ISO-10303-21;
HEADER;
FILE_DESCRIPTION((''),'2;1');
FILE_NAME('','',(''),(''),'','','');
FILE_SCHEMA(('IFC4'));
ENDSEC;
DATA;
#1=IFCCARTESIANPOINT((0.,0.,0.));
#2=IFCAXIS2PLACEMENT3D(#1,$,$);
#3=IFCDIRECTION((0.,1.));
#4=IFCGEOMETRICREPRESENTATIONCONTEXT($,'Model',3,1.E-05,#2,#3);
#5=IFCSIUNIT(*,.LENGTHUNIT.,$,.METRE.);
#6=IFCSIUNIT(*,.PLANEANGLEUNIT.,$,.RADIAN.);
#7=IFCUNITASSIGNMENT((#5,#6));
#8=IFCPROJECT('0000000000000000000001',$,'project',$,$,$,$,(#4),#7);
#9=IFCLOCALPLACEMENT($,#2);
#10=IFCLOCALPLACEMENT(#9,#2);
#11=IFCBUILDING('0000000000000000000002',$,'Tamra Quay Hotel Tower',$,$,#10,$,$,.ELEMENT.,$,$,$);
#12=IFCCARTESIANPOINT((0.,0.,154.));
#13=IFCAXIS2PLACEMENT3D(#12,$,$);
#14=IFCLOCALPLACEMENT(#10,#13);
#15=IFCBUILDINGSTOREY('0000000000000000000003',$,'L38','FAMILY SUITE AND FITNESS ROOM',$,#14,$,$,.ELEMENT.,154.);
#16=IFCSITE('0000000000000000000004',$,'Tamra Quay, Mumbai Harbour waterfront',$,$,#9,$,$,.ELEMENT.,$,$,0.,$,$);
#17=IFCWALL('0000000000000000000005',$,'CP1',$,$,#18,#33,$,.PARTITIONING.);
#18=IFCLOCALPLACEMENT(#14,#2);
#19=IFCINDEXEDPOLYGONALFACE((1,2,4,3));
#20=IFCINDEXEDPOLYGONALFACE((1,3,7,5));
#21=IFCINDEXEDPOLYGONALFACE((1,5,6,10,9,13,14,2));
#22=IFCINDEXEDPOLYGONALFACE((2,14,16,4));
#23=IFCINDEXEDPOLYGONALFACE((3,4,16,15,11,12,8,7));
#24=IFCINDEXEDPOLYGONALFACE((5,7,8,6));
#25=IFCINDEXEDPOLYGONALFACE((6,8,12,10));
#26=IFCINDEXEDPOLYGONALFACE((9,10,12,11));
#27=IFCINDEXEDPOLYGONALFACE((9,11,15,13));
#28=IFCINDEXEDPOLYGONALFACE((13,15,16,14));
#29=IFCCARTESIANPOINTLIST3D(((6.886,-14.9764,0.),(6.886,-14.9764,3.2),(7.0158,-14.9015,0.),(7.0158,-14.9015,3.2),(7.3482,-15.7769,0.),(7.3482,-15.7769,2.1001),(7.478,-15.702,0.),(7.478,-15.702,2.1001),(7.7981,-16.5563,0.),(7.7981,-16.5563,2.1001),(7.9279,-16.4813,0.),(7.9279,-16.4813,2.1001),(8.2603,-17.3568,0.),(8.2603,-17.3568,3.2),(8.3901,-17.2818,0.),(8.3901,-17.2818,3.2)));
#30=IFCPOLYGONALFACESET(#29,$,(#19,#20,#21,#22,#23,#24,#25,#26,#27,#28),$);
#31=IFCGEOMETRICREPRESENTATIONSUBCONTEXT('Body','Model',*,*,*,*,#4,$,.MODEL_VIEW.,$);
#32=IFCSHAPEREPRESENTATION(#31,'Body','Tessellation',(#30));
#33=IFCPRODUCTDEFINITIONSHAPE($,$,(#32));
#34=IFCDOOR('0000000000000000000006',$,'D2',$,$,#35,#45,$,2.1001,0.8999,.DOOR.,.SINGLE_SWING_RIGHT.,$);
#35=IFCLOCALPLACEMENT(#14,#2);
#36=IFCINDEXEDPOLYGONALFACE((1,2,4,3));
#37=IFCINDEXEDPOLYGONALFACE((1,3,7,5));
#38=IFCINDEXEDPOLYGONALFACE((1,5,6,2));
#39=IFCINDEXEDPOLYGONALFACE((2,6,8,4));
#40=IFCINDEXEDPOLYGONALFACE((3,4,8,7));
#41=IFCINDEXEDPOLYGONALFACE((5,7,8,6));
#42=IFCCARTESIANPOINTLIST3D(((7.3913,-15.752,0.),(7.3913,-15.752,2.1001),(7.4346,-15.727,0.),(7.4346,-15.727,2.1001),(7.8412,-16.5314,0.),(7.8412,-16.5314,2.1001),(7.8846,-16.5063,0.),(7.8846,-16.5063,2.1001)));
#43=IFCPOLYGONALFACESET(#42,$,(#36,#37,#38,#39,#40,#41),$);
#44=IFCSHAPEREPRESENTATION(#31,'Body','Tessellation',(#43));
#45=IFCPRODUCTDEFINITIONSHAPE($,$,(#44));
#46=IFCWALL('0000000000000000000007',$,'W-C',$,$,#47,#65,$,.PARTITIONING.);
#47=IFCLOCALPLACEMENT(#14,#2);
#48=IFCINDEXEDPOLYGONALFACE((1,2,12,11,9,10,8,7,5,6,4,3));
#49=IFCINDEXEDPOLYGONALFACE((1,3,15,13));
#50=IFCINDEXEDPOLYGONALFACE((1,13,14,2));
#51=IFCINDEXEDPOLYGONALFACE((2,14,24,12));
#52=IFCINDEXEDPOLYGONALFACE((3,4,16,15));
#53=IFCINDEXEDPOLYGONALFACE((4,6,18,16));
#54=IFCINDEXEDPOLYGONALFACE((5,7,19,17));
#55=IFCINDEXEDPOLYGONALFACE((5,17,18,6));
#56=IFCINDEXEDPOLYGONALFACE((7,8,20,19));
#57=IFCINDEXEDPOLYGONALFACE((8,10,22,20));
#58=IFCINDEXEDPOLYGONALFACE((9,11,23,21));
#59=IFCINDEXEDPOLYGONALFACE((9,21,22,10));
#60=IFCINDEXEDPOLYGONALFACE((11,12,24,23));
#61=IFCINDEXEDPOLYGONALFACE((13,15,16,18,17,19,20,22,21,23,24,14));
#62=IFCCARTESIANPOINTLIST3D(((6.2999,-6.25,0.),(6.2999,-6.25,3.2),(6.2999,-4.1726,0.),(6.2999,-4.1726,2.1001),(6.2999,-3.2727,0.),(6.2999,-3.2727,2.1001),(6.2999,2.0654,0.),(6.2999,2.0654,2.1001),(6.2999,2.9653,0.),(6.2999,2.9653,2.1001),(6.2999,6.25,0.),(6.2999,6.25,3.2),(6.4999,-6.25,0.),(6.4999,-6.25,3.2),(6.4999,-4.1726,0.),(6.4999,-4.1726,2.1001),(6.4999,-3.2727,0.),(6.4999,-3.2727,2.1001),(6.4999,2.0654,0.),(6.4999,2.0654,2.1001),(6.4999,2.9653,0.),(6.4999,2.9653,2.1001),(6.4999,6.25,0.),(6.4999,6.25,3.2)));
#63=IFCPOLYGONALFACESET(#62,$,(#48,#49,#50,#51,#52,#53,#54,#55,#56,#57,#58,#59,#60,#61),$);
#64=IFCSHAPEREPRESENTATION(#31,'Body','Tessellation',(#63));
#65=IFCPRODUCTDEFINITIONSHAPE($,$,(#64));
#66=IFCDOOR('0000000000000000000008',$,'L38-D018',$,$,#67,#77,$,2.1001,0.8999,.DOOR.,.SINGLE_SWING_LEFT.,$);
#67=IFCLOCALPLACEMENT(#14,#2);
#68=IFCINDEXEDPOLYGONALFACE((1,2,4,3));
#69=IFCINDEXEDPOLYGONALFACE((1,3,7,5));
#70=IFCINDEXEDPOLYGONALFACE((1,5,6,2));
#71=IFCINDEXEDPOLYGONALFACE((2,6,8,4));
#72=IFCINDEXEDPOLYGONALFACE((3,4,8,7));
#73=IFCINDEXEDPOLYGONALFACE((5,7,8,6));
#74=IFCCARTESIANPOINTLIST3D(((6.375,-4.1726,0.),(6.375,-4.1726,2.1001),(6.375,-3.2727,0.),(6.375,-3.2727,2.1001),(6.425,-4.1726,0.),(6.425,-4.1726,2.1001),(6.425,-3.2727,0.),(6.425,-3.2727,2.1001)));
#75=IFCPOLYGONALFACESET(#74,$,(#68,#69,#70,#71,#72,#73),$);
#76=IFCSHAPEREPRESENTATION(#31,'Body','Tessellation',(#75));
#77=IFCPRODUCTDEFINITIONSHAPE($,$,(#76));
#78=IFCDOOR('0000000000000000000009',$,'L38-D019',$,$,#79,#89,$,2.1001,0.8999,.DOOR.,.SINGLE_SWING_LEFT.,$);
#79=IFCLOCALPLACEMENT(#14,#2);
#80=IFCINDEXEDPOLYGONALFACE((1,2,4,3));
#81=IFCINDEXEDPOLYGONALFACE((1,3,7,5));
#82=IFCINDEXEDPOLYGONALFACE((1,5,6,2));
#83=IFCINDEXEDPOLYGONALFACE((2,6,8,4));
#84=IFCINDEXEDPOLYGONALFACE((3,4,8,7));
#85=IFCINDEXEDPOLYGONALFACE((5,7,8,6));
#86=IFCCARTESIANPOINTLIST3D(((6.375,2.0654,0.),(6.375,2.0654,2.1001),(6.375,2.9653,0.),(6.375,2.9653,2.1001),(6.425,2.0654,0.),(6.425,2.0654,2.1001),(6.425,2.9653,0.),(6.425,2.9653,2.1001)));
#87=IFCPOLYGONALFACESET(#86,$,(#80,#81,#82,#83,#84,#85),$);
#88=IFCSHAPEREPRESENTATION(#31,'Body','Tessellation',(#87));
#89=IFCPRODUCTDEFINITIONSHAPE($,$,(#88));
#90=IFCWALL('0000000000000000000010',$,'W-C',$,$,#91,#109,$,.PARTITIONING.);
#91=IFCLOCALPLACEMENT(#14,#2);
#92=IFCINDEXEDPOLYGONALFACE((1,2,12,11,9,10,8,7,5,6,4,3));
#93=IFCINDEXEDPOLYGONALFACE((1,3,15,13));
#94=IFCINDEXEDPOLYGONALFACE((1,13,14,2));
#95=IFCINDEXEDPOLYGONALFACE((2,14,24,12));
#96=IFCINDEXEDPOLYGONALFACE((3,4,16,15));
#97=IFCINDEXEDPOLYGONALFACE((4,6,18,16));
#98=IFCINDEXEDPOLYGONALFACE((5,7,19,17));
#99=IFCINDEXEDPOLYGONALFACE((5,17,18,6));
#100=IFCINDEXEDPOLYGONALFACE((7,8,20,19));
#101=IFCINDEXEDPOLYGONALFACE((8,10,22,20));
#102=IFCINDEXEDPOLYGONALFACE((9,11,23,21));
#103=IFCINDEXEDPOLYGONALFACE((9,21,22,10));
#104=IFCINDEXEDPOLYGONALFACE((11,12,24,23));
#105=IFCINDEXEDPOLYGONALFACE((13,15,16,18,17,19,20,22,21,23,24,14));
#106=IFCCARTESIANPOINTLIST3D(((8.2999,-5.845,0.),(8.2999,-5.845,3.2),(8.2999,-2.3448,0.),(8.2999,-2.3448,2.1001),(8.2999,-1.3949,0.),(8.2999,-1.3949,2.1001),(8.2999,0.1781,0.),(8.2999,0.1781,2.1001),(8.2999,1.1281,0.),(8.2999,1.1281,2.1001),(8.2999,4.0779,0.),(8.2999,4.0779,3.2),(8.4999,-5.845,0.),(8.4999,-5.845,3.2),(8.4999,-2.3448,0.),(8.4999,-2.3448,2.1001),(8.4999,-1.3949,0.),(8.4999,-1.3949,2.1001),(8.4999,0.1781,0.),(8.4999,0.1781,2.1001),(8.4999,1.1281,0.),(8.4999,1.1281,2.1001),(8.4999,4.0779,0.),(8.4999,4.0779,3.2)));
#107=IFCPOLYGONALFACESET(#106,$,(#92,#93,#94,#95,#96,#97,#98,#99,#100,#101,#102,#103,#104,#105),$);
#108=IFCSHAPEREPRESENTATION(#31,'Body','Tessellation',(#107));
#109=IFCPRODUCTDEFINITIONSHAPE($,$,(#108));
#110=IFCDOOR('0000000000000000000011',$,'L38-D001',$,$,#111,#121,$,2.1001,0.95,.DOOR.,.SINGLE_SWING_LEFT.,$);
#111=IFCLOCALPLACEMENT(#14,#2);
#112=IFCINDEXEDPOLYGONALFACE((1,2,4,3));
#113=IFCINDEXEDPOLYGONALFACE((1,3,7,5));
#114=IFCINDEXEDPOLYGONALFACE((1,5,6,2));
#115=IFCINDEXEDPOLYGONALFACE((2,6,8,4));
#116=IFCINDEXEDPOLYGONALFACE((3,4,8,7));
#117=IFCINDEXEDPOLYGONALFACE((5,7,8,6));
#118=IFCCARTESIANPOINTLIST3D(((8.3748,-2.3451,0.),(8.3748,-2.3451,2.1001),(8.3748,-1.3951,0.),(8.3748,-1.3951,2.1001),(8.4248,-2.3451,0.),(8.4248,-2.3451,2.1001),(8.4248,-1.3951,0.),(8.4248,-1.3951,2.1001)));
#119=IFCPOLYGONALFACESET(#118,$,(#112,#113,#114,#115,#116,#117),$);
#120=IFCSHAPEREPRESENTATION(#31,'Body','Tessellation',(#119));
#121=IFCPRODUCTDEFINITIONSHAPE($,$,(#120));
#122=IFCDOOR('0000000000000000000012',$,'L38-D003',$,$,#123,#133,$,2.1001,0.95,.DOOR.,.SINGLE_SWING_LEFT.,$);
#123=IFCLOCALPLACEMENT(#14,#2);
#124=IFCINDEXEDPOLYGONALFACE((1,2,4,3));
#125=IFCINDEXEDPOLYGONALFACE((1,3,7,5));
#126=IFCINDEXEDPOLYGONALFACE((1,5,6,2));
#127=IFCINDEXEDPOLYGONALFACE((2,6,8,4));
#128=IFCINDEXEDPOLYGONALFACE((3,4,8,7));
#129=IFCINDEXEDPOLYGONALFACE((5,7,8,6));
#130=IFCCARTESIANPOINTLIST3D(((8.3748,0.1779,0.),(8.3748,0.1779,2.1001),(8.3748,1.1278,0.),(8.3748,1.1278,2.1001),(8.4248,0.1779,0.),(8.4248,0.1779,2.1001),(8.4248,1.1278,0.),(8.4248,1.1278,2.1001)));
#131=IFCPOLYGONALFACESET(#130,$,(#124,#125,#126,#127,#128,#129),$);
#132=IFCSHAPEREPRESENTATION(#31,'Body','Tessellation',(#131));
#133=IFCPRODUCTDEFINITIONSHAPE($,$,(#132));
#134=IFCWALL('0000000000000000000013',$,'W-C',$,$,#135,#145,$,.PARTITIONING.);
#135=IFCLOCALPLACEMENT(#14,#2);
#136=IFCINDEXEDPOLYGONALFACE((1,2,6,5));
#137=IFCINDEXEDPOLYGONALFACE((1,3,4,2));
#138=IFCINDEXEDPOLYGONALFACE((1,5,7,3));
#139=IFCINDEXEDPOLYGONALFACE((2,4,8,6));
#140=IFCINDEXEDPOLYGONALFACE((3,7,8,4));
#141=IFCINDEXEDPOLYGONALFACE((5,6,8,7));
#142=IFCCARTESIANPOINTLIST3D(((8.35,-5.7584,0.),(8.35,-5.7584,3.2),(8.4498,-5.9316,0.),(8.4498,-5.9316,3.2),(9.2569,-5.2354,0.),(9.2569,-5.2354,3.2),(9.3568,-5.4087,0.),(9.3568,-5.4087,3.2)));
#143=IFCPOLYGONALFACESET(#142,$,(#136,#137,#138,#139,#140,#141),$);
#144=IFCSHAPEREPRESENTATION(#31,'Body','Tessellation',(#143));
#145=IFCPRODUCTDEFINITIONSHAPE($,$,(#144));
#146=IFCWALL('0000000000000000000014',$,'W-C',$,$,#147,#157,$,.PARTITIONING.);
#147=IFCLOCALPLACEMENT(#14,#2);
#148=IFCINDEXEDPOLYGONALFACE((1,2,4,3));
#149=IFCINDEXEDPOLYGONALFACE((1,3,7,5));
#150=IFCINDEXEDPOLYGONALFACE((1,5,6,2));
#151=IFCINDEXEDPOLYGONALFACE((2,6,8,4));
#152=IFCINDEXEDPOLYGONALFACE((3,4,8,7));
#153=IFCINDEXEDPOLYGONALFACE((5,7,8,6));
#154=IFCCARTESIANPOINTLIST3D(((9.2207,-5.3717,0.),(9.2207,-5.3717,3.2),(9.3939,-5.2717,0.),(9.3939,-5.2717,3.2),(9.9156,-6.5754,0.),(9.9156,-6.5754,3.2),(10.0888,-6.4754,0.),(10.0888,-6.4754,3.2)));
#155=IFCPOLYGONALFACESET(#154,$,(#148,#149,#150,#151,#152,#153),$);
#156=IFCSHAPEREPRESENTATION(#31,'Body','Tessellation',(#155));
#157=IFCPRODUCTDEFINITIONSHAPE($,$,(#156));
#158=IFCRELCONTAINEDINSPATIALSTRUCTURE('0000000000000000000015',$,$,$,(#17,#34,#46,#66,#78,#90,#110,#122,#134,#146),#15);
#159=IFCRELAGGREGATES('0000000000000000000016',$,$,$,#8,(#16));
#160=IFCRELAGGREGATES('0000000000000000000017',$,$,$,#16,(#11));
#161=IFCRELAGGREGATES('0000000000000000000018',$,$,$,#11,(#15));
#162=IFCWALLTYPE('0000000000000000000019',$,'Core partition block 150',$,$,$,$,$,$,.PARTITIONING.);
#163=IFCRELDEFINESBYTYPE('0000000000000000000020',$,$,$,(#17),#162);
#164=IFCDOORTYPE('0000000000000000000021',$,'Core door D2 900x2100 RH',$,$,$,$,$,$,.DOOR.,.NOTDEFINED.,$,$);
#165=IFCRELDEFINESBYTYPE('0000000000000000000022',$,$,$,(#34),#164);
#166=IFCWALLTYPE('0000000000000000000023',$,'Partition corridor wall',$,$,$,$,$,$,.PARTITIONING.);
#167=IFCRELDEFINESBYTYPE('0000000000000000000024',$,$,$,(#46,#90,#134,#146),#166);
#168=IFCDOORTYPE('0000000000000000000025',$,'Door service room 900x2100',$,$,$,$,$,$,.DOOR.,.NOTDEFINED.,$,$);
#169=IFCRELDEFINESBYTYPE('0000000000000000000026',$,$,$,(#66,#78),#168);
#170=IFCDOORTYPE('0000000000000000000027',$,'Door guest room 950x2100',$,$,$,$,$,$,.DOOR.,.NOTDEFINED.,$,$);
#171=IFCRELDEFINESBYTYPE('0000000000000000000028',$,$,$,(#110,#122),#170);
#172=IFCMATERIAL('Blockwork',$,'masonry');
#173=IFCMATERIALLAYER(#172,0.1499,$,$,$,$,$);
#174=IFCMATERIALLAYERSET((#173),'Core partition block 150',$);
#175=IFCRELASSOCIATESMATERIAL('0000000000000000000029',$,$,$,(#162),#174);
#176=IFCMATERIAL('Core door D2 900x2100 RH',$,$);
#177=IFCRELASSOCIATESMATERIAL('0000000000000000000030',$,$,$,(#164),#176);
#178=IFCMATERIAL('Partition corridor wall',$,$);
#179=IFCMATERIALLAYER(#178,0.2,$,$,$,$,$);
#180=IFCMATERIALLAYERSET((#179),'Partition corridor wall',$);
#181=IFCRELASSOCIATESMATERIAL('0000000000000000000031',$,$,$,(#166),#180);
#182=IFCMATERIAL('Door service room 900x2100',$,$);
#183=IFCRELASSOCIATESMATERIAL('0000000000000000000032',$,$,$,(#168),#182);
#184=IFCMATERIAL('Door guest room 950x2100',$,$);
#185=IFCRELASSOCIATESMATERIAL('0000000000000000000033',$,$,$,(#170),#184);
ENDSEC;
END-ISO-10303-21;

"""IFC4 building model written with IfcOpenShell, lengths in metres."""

from ifc_helpers import new_model, si_unit, direction, frame, frame_2d, origin, place, context, subcontext, project, spatial, rectangle, extrude, material, layer, layer_set, type_object, element, fill, save


model = new_model("IFC4")

# Units and contexts
model_context = context("Model", 3, precision=1e-05, world=origin(), true_north=direction((0.0, 1.0)))
body_context = subcontext(model_context, "Body", "Model", "MODEL_VIEW")
ifc_project = project(units=[si_unit("LENGTHUNIT", "METRE"), si_unit("PLANEANGLEUNIT", "RADIAN")], contexts=[model_context])

# Site, building, storey
site_placement = place(None, origin())
site = spatial("IfcSite", under=ifc_project, at=site_placement, Name="Tamra Quay, Mumbai Harbour waterfront", CompositionType="ELEMENT", RefElevation=0.0)
building_placement = place(site_placement, origin())
building = spatial("IfcBuilding", under=site, at=building_placement, Name="Tamra Quay Hotel Tower", CompositionType="ELEMENT")
storey_placement = place(building_placement, frame((0.0, 0.0, 154.0)))
storey = spatial("IfcBuildingStorey", under=building, at=storey_placement, Name="L38", Description="FAMILY SUITE AND FITNESS ROOM", CompositionType="ELEMENT", Elevation=154.0)

# Shared definitions
ifc_material_1 = material(Name="Blockwork", Category="masonry")
ifc_layer_1 = layer(ifc_material_1, 0.1499)
ifc_layer_set_1 = layer_set([ifc_layer_1], Name="Core partition block 150")
wall_type_1 = type_object("IfcWallType", Name="Core partition block 150", PredefinedType="PARTITIONING", material=ifc_layer_set_1)

# Wall, opening, door
wall_1_placement = place(storey_placement, frame((6.9509, -14.939, 0.0), z_axis=(0.0, 0.0, 1.0), x_axis=(0.499989, -0.866032, 0.0)))
wall_1 = element("IfcWall", 1, at=wall_1_placement, inside=storey, type_object=wall_type_1, Name="CP1", PredefinedType="PARTITIONING", context=body_context, shape_type="SweptSolid", body=[
    extrude(rectangle(XDim=2.7485, YDim=0.1499, at=frame_2d((1.3743, 0.0))), origin(), (0.0, 0.0, 1.0), 3.2),
])
opening_1_placement = place(wall_1_placement, frame((0.9243, 0.0, 0.0)))
opening_1 = element("IfcOpeningElement", 2, at=opening_1_placement, cuts=wall_1, PredefinedType="OPENING", context=body_context, shape_type="SweptSolid", body=[
    extrude(rectangle(XDim=0.8999, YDim=2.1001, at=frame_2d((0.45, 1.05))), frame((0.0, 0.085, 0.0), z_axis=(0.0, -1.0, 0.0), x_axis=(1.0, 0.0, 0.0)), (0.0, 0.0, 1.0), 0.1699),
])
ifc_material_2 = material(Name="Core door D2 900x2100 RH")
door_type_1 = type_object("IfcDoorType", Name="Core door D2 900x2100 RH", OperationType="NOTDEFINED", PredefinedType="DOOR", material=ifc_material_2)
door_1_placement = place(opening_1_placement, origin())
door_1 = element("IfcDoor", 3, at=door_1_placement, inside=storey, type_object=door_type_1, Name="D2", OperationType="SINGLE_SWING_RIGHT", OverallHeight=2.1001, OverallWidth=0.8999, PredefinedType="DOOR", context=body_context, shape_type="SweptSolid", body=[
    extrude(rectangle(XDim=0.8999, YDim=2.1001, at=frame_2d((0.45, 1.05))), frame((0.0, 0.0249, 0.0), z_axis=(0.0, -1.0, 0.0), x_axis=(1.0, 0.0, 0.0)), (0.0, 0.0, 1.0), 0.05),
])
fill(opening_1, door_1)

# Walls, openings, doors
ifc_material_3 = material(Name="Partition corridor wall")
ifc_layer_2 = layer(ifc_material_3, 0.2)
ifc_layer_set_2 = layer_set([ifc_layer_2], Name="Partition corridor wall")
wall_type_2 = type_object("IfcWallType", Name="Partition corridor wall", PredefinedType="PARTITIONING", material=ifc_layer_set_2)
wall_2_placement = place(storey_placement, frame((6.3999, -6.25, 0.0), z_axis=(0.0, 0.0, 1.0), x_axis=(0.0, 1.0, 0.0)))
wall_2 = element("IfcWall", 4, at=wall_2_placement, inside=storey, type_object=wall_type_2, Name="W-C", PredefinedType="PARTITIONING", context=body_context, shape_type="SweptSolid", body=[
    extrude(rectangle(XDim=12.5, YDim=0.2, at=frame_2d((6.25, 0.0))), origin(), (0.0, 0.0, 1.0), 3.2),
])
opening_2_placement = place(wall_2_placement, frame((2.0774, 0.0, 0.0)))
opening_2 = element("IfcOpeningElement", 5, at=opening_2_placement, cuts=wall_2, PredefinedType="OPENING", context=body_context, shape_type="SweptSolid", body=[
    extrude(rectangle(XDim=0.8999, YDim=2.1001, at=frame_2d((0.45, 1.05))), frame((0.0, 0.1099, 0.0), z_axis=(0.0, -1.0, 0.0), x_axis=(1.0, 0.0, 0.0)), (0.0, 0.0, 1.0), 0.22),
])
opening_3_placement = place(wall_2_placement, frame((8.3154, 0.0, 0.0)))
opening_3 = element("IfcOpeningElement", 6, at=opening_3_placement, cuts=wall_2, PredefinedType="OPENING", context=body_context, shape_type="SweptSolid", body=[
    extrude(rectangle(XDim=0.8999, YDim=2.1001, at=frame_2d((0.45, 1.05))), frame((0.0, 0.1099, 0.0), z_axis=(0.0, -1.0, 0.0), x_axis=(1.0, 0.0, 0.0)), (0.0, 0.0, 1.0), 0.22),
])
ifc_material_4 = material(Name="Door service room 900x2100")
door_type_2 = type_object("IfcDoorType", Name="Door service room 900x2100", OperationType="NOTDEFINED", PredefinedType="DOOR", material=ifc_material_4)
door_2_placement = place(opening_2_placement, origin())
door_2 = element("IfcDoor", 7, at=door_2_placement, inside=storey, type_object=door_type_2, Name="L38-D018", OperationType="SINGLE_SWING_LEFT", OverallHeight=2.1001, OverallWidth=0.8999, PredefinedType="DOOR", context=body_context, shape_type="SweptSolid", body=[
    extrude(rectangle(XDim=0.8999, YDim=2.1001, at=frame_2d((0.45, 1.05))), frame((0.0, 0.0249, 0.0), z_axis=(0.0, -1.0, 0.0), x_axis=(1.0, 0.0, 0.0)), (0.0, 0.0, 1.0), 0.05),
])
fill(opening_2, door_2)
door_3_placement = place(opening_3_placement, origin())
door_3 = element("IfcDoor", 8, at=door_3_placement, inside=storey, type_object=door_type_2, Name="L38-D019", OperationType="SINGLE_SWING_LEFT", OverallHeight=2.1001, OverallWidth=0.8999, PredefinedType="DOOR", context=body_context, shape_type="SweptSolid", body=[
    extrude(rectangle(XDim=0.8999, YDim=2.1001, at=frame_2d((0.45, 1.05))), frame((0.0, 0.0249, 0.0), z_axis=(0.0, -1.0, 0.0), x_axis=(1.0, 0.0, 0.0)), (0.0, 0.0, 1.0), 0.05),
])
fill(opening_3, door_3)
wall_3_placement = place(storey_placement, frame((8.3999, -5.845, 0.0), z_axis=(0.0, 0.0, 1.0), x_axis=(0.0, 1.0, 0.0)))
wall_3 = element("IfcWall", 9, at=wall_3_placement, inside=storey, type_object=wall_type_2, Name="W-C", PredefinedType="PARTITIONING", context=body_context, shape_type="SweptSolid", body=[
    extrude(rectangle(XDim=9.9229, YDim=0.2, at=frame_2d((4.9614, 0.0))), origin(), (0.0, 0.0, 1.0), 3.2),
])
opening_4_placement = place(wall_3_placement, frame((3.5, 0.0, 0.0)))
opening_4 = element("IfcOpeningElement", 10, at=opening_4_placement, cuts=wall_3, PredefinedType="OPENING", context=body_context, shape_type="SweptSolid", body=[
    extrude(rectangle(XDim=0.95, YDim=2.1001, at=frame_2d((0.4751, 1.05))), frame((0.0, 0.1099, 0.0), z_axis=(0.0, -1.0, 0.0), x_axis=(1.0, 0.0, 0.0)), (0.0, 0.0, 1.0), 0.22),
])
opening_5_placement = place(wall_3_placement, frame((6.0229, 0.0, 0.0)))
opening_5 = element("IfcOpeningElement", 11, at=opening_5_placement, cuts=wall_3, PredefinedType="OPENING", context=body_context, shape_type="SweptSolid", body=[
    extrude(rectangle(XDim=0.95, YDim=2.1001, at=frame_2d((0.4751, 1.05))), frame((0.0, 0.1099, 0.0), z_axis=(0.0, -1.0, 0.0), x_axis=(1.0, 0.0, 0.0)), (0.0, 0.0, 1.0), 0.22),
])
ifc_material_5 = material(Name="Door guest room 950x2100")
door_type_3 = type_object("IfcDoorType", Name="Door guest room 950x2100", OperationType="NOTDEFINED", PredefinedType="DOOR", material=ifc_material_5)
door_4_placement = place(opening_4_placement, frame((0.95, 0.0, 0.0), z_axis=(0.0, 0.0, 1.0), x_axis=(-1.0, 0.0, 0.0)))
door_4 = element("IfcDoor", 12, at=door_4_placement, inside=storey, type_object=door_type_3, Name="L38-D001", OperationType="SINGLE_SWING_LEFT", OverallHeight=2.1001, OverallWidth=0.95, PredefinedType="DOOR", context=body_context, shape_type="SweptSolid", body=[
    extrude(rectangle(XDim=0.95, YDim=2.1001, at=frame_2d((0.4751, 1.05))), frame((0.0, 0.0249, 0.0), z_axis=(0.0, -1.0, 0.0), x_axis=(1.0, 0.0, 0.0)), (0.0, 0.0, 1.0), 0.05),
])
fill(opening_4, door_4)
door_5_placement = place(opening_5_placement, frame((0.95, 0.0, 0.0), z_axis=(0.0, 0.0, 1.0), x_axis=(-1.0, 0.0, 0.0)))
door_5 = element("IfcDoor", 13, at=door_5_placement, inside=storey, type_object=door_type_3, Name="L38-D003", OperationType="SINGLE_SWING_LEFT", OverallHeight=2.1001, OverallWidth=0.95, PredefinedType="DOOR", context=body_context, shape_type="SweptSolid", body=[
    extrude(rectangle(XDim=0.95, YDim=2.1001, at=frame_2d((0.4751, 1.05))), frame((0.0, 0.0249, 0.0), z_axis=(0.0, -1.0, 0.0), x_axis=(1.0, 0.0, 0.0)), (0.0, 0.0, 1.0), 0.05),
])
fill(opening_5, door_5)

# Walls
wall_4_placement = place(storey_placement, frame((8.3999, -5.845, 0.0), z_axis=(0.0, 0.0, 1.0), x_axis=(0.866314, 0.4995, 0.0)))
element("IfcWall", 14, at=wall_4_placement, inside=storey, type_object=wall_type_2, Name="W-C", PredefinedType="PARTITIONING", context=body_context, shape_type="SweptSolid", body=[
    extrude(rectangle(XDim=1.0469, YDim=0.2, at=frame_2d((0.5234, 0.0))), origin(), (0.0, 0.0, 1.0), 3.2),
])
wall_5_placement = place(storey_placement, frame((9.3074, -5.3218, 0.0), z_axis=(0.0, 0.0, 1.0), x_axis=(0.499956, -0.866051, 0.0)))
element("IfcWall", 15, at=wall_5_placement, inside=storey, type_object=wall_type_2, Name="W-C", PredefinedType="PARTITIONING", context=body_context, shape_type="SweptSolid", body=[
    extrude(rectangle(XDim=1.3899, YDim=0.2, at=frame_2d((0.6948, 0.0))), origin(), (0.0, 0.0, 1.0), 3.2),
])

save(model, "model.ifc")
